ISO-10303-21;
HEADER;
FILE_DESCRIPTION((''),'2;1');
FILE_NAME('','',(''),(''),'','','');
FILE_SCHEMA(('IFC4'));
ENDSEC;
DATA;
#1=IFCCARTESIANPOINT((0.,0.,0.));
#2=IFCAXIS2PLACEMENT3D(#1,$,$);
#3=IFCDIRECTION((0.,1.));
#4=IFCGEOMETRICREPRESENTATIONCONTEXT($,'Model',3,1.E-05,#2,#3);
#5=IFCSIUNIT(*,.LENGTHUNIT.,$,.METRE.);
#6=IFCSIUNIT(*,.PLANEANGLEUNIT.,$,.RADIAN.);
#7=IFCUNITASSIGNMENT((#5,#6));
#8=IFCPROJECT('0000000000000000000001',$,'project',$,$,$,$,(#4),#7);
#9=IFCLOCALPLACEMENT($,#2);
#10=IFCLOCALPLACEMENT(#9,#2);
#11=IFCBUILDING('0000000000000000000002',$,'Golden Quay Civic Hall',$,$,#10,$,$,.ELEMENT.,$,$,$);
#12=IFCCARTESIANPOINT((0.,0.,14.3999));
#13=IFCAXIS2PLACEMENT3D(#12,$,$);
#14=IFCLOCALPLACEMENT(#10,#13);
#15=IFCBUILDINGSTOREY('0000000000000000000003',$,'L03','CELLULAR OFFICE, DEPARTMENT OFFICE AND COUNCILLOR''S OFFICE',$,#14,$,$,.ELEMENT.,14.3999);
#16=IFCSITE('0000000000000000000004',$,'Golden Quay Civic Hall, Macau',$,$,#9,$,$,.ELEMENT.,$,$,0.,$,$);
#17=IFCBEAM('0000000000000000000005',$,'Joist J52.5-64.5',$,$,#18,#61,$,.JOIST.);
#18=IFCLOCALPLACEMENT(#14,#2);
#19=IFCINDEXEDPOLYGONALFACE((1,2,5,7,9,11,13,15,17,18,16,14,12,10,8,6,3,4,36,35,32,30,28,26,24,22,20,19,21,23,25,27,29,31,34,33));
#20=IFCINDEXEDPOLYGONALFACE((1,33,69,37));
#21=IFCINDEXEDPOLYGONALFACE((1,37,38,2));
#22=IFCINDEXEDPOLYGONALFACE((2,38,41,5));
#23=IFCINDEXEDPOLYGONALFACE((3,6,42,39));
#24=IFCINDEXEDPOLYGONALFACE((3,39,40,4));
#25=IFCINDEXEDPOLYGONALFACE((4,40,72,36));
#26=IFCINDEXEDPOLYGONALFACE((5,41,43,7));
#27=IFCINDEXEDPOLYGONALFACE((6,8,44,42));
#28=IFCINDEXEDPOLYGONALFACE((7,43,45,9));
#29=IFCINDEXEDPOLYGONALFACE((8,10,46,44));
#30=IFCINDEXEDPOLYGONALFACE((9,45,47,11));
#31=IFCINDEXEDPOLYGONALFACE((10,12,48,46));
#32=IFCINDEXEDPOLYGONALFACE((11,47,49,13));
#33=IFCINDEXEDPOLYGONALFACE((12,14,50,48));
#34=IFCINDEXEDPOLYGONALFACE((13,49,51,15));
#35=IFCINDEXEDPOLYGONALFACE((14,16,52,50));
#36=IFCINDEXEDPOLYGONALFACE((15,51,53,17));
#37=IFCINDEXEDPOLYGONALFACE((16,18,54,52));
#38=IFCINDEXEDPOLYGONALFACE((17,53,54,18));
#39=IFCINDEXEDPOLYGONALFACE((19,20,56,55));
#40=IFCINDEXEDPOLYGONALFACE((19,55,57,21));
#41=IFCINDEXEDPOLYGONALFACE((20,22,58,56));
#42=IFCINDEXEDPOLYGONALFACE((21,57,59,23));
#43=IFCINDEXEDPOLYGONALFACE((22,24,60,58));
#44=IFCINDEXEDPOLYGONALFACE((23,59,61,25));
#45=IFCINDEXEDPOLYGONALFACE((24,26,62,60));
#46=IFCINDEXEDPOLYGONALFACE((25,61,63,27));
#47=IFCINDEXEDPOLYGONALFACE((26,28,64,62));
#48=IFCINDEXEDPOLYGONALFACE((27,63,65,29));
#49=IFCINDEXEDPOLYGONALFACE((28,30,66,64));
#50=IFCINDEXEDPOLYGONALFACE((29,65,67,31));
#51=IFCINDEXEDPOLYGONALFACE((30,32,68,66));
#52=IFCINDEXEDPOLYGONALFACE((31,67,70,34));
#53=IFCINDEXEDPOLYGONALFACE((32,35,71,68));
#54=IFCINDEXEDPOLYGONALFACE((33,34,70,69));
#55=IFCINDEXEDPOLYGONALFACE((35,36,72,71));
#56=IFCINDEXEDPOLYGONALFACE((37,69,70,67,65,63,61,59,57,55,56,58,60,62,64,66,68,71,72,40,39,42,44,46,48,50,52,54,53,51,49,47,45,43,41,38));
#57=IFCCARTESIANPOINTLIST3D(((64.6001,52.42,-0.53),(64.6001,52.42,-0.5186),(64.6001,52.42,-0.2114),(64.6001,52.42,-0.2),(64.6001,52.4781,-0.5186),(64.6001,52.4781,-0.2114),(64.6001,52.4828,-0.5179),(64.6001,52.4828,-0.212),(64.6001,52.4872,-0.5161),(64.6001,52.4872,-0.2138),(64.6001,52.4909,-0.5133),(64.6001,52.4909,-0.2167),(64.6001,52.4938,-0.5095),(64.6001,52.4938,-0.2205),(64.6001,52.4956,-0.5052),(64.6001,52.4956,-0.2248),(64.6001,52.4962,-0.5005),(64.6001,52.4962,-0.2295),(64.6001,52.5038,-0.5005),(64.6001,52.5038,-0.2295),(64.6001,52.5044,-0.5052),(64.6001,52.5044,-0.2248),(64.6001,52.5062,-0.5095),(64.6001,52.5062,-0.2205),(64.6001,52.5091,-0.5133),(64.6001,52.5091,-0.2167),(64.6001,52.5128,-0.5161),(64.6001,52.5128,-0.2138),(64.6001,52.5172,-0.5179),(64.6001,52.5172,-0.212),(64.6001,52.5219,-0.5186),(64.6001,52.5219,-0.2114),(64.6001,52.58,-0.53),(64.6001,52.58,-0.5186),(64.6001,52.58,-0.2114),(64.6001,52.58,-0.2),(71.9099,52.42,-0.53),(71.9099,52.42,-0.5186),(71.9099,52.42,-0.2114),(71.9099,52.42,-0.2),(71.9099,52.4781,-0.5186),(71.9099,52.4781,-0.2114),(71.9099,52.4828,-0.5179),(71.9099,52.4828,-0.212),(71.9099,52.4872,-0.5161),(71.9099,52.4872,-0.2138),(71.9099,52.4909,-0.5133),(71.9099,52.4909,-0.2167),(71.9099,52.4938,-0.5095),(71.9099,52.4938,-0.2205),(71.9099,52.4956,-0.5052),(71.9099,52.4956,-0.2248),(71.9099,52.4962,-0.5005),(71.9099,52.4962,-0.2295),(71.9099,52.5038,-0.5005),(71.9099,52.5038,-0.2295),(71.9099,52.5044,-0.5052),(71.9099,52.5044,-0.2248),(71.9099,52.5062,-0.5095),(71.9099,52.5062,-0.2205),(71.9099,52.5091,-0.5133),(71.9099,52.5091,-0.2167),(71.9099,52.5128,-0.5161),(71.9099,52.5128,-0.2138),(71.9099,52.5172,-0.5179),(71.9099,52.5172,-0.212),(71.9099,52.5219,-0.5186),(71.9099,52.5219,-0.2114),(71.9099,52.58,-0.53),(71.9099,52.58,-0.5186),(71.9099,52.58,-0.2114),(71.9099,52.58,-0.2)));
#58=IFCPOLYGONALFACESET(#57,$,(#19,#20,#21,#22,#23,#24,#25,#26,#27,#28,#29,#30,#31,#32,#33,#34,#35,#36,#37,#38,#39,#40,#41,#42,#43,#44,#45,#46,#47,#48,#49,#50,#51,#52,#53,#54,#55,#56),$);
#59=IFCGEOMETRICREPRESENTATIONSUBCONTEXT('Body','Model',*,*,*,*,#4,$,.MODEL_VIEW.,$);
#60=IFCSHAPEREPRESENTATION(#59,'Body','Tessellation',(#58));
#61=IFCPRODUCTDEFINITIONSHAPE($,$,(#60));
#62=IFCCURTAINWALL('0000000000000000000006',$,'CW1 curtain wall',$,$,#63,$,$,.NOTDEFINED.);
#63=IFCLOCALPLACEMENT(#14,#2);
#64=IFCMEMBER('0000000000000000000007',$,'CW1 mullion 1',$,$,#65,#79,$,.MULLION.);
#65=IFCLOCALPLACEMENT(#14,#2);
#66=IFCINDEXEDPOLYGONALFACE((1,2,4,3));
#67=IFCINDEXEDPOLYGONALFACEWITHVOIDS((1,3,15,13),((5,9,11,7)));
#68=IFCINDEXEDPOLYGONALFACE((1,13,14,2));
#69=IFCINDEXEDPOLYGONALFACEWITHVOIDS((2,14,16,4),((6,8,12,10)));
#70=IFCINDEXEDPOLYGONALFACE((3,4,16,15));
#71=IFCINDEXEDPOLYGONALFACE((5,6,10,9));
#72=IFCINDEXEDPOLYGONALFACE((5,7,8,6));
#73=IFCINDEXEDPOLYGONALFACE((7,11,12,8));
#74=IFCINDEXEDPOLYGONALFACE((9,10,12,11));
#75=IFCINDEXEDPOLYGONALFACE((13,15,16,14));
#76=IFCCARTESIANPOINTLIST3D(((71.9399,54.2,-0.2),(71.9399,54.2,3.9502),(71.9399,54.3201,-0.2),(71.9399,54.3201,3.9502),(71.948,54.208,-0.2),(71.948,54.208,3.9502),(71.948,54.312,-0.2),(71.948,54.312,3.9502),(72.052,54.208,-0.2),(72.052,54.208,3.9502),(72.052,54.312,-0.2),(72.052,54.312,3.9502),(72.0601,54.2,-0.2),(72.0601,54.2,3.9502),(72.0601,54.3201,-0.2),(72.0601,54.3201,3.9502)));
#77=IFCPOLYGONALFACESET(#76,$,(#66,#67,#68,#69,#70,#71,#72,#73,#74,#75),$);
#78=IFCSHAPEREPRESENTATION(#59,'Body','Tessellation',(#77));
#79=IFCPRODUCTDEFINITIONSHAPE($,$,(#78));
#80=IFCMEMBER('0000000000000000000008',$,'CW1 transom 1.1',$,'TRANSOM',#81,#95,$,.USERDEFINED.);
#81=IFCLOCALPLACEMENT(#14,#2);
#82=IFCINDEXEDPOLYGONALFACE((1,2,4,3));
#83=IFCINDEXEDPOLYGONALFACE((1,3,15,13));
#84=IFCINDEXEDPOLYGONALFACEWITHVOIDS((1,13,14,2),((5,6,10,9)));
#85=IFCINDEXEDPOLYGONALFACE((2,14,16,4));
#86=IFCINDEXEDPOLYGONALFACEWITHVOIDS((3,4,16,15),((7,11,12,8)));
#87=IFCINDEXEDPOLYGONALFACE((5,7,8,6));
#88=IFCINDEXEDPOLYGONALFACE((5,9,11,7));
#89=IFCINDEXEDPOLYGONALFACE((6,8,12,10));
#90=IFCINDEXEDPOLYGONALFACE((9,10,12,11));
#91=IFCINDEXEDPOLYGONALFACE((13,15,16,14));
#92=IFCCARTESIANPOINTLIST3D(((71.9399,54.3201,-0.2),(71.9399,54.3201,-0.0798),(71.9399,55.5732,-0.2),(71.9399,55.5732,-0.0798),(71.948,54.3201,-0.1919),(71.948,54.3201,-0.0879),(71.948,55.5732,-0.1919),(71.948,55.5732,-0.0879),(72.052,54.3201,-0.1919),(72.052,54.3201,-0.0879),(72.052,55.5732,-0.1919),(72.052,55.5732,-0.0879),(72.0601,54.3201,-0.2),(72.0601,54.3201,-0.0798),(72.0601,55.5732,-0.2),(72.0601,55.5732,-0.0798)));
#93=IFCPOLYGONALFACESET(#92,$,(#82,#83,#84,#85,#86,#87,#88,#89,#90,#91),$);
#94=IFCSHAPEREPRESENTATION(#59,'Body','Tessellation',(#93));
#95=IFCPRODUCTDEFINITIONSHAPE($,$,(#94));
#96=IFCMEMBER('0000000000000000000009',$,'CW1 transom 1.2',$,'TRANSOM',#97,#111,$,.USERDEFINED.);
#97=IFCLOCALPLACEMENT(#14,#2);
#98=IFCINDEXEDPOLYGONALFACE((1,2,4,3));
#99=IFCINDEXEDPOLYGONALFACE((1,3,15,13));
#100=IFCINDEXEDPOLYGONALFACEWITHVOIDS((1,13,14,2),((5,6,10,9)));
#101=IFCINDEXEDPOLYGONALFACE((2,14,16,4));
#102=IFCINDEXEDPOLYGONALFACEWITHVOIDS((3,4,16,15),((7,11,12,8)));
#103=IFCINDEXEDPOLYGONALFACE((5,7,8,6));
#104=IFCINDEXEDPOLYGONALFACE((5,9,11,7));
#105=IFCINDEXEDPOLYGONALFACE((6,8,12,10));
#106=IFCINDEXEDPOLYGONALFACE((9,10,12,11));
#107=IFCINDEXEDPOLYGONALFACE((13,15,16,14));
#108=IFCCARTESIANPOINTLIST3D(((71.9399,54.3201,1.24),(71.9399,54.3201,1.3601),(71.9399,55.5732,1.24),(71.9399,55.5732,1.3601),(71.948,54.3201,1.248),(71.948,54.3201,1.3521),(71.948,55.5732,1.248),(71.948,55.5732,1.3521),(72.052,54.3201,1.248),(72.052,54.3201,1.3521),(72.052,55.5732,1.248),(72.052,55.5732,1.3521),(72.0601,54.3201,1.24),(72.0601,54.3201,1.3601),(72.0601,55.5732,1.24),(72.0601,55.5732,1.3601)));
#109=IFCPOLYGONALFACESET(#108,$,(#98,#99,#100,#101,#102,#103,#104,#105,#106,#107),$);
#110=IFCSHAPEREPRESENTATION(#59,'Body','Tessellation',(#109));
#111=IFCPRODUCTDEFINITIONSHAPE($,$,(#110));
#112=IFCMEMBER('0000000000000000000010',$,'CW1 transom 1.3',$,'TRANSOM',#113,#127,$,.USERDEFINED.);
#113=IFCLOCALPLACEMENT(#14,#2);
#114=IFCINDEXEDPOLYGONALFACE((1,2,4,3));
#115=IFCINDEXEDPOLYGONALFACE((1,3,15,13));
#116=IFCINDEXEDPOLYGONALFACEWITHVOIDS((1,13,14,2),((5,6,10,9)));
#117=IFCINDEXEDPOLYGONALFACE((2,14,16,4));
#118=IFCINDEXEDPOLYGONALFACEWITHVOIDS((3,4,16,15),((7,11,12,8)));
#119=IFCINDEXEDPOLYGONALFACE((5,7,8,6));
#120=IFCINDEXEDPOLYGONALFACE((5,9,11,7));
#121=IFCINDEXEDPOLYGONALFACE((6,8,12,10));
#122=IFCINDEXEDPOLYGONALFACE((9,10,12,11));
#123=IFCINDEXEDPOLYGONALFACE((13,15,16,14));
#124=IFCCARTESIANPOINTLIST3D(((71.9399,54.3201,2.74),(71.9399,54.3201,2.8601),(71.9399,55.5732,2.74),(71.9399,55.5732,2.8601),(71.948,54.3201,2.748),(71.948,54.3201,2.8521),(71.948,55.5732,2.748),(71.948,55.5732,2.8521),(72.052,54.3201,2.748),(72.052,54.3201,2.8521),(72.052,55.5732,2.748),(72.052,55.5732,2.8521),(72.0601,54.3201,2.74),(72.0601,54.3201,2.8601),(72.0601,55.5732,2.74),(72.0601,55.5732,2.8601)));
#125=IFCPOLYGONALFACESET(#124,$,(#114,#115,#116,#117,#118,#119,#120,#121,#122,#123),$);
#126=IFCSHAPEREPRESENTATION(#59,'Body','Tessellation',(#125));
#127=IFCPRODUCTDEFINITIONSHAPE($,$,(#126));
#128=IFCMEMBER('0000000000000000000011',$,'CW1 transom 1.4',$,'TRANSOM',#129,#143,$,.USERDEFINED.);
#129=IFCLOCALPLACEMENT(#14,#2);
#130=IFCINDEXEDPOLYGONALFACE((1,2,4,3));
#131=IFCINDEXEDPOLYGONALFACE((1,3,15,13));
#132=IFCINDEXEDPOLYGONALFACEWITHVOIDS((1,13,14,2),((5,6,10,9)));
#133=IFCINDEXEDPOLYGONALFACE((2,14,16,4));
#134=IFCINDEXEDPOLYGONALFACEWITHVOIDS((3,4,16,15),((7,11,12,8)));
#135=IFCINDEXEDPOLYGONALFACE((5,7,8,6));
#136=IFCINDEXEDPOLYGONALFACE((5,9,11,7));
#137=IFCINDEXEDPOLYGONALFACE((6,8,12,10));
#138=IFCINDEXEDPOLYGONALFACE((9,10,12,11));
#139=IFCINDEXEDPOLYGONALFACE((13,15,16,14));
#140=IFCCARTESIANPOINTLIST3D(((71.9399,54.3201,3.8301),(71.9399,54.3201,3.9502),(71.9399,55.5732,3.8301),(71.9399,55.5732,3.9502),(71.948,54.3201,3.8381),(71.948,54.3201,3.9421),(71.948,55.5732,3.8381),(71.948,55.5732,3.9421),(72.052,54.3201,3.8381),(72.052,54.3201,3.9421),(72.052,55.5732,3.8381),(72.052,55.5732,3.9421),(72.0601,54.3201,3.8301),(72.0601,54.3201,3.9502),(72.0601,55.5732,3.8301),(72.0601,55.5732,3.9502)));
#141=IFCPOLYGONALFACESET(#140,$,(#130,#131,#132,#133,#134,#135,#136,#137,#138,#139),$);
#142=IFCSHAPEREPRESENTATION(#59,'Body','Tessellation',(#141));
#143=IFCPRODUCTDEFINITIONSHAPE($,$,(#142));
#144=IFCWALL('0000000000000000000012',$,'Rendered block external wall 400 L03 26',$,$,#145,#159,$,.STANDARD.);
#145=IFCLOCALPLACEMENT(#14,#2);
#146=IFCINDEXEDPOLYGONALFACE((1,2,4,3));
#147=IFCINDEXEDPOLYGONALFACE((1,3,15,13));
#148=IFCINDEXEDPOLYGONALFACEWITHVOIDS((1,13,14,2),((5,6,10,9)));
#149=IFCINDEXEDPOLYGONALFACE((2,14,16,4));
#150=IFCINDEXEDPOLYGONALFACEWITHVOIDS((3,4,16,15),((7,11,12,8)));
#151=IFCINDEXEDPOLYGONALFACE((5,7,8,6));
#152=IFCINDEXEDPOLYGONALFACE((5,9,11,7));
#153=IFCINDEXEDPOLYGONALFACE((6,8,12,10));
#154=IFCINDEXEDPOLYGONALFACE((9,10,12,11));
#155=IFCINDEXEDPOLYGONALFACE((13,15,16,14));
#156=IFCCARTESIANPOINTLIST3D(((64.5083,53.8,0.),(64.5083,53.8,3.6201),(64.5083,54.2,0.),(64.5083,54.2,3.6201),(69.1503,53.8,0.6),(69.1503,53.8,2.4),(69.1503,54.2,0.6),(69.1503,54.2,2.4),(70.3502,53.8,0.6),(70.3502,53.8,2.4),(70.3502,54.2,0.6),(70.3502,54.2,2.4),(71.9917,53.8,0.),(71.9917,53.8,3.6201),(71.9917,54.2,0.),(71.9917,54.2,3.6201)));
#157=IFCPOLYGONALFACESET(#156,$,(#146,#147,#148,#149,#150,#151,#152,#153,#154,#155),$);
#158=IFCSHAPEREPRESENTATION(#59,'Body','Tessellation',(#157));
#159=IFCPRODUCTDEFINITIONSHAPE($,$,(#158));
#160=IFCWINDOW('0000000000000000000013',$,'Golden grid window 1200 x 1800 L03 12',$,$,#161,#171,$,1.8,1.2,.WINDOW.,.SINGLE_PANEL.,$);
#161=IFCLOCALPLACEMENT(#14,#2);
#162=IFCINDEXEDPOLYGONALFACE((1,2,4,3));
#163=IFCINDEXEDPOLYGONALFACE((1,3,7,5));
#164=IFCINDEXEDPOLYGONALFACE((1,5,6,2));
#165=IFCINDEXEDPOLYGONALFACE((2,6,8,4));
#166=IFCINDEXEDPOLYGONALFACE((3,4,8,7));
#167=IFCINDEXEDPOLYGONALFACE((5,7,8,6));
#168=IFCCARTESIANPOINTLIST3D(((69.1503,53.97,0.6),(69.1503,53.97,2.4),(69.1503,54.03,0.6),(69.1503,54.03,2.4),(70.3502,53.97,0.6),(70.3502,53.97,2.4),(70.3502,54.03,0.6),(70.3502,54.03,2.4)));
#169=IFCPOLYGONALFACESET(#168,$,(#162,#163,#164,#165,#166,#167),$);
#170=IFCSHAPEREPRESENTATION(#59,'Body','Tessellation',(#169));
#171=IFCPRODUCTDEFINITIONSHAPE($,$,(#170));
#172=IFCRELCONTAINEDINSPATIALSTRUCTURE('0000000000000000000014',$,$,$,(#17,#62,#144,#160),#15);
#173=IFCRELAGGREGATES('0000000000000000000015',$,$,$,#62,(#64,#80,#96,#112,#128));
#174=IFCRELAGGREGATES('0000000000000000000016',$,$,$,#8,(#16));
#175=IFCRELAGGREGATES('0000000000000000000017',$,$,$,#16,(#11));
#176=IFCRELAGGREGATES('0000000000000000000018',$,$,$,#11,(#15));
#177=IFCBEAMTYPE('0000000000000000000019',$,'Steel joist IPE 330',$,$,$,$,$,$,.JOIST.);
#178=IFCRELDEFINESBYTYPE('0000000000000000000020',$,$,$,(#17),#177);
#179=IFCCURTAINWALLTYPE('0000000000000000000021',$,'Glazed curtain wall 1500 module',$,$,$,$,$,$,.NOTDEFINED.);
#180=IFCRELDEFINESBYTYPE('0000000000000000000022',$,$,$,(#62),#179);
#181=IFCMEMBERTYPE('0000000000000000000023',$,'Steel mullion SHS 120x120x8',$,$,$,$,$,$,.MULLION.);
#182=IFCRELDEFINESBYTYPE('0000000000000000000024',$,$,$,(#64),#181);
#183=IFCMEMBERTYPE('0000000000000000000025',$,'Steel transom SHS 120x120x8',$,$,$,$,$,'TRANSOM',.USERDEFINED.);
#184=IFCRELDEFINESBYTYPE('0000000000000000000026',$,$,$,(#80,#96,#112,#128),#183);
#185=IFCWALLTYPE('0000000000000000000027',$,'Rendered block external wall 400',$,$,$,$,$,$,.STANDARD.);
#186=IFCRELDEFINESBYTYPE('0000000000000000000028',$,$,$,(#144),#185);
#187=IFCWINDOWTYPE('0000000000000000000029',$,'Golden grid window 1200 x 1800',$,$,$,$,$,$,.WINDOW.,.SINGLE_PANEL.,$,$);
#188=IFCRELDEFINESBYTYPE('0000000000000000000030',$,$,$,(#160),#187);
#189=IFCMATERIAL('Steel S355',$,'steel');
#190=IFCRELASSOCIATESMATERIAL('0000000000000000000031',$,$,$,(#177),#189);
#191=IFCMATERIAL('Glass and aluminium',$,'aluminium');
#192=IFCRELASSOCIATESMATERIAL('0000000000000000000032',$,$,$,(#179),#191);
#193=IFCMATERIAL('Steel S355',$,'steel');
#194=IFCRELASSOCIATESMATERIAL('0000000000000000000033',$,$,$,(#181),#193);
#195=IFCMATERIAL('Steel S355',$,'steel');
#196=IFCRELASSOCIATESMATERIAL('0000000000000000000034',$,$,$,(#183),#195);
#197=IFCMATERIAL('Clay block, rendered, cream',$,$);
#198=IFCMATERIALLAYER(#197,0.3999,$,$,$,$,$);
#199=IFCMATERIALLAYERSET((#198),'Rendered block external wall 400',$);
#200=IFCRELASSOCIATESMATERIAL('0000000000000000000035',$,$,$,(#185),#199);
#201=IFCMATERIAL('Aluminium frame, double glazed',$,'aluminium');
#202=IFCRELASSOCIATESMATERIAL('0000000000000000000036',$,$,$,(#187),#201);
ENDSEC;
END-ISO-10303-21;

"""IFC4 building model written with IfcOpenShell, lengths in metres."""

from ifc_helpers import new_model, si_unit, direction, frame, frame_2d, origin, origin_2d, place, context, subcontext, project, spatial, rectangle, hollow_rectangle, i_section, extrude, material, layer, layer_set, material_profile, profile_set, type_object, element, fill, aggregate, save


model = new_model("IFC4")

# Units and contexts
model_context = context("Model", 3, precision=1e-05, world=origin(), true_north=direction((0.0, 1.0)))
body_context = subcontext(model_context, "Body", "Model", "MODEL_VIEW")
ifc_project = project(units=[si_unit("LENGTHUNIT", "METRE"), si_unit("PLANEANGLEUNIT", "RADIAN")], contexts=[model_context])

# Site, building, storey
site_placement = place(None, origin())
site = spatial("IfcSite", under=ifc_project, at=site_placement, Name="Golden Quay Civic Hall, Macau", CompositionType="ELEMENT", RefElevation=0.0)
building_placement = place(site_placement, origin())
building = spatial("IfcBuilding", under=site, at=building_placement, Name="Golden Quay Civic Hall", CompositionType="ELEMENT")
storey_placement = place(building_placement, frame((0.0, 0.0, 14.3999)))
storey = spatial("IfcBuildingStorey", under=building, at=storey_placement, Name="L03", Description="CELLULAR OFFICE, DEPARTMENT OFFICE AND COUNCILLOR'S OFFICE", CompositionType="ELEMENT", Elevation=14.3999)

# Beam
ifc_material_1 = material(Name="Steel S355", Category="steel")
ifc_material_profile_1 = material_profile(ifc_material_1, i_section(OverallWidth=0.1599, OverallDepth=0.3301, WebThickness=0.0076, FlangeThickness=0.0115, FilletRadius=0.0181, at=origin_2d()), Name="IPE 330")
ifc_profile_set_1 = profile_set([ifc_material_profile_1], Name="Steel S355")
beam_type_1 = type_object("IfcBeamType", Name="Steel joist IPE 330", PredefinedType="JOIST", material=ifc_profile_set_1)
for number, where, z_axis, x_axis, name in (
    (1, (64.6001, 52.5, -0.365), (1.0, 0.0, 0.0), (0.0, 1.0, 0.0), "Joist J52.5-64.5"),
):
    element("IfcBeam", number, at=place(storey_placement, frame(where, z_axis=z_axis, x_axis=x_axis)), inside=storey, type_object=beam_type_1, Name=name, PredefinedType="JOIST", context=body_context, shape_type="SweptSolid", body=[
        extrude(i_section(OverallWidth=0.1599, OverallDepth=0.3301, WebThickness=0.0076, FlangeThickness=0.0115, FilletRadius=0.0181, at=origin_2d()), origin(), (0.0, 0.0, 1.0), 7.3098),
    ])

# Curtain wall, members
ifc_material_2 = material(Name="Glass and aluminium", Category="aluminium")
curtain_wall_type = type_object("IfcCurtainWallType", Name="Glazed curtain wall 1500 module", PredefinedType="NOTDEFINED", material=ifc_material_2)
curtain_wall_placement = place(storey_placement, origin())
curtain_wall = element("IfcCurtainWall", 2, at=curtain_wall_placement, inside=storey, type_object=curtain_wall_type, Name="CW1 curtain wall", PredefinedType="NOTDEFINED")
ifc_material_3 = material(Name="Steel S355", Category="steel")
ifc_material_profile_2 = material_profile(ifc_material_3, hollow_rectangle(XDim=0.1201, YDim=0.1201, WallThickness=0.0081, at=origin_2d()), Name="SHS 120x120x8")
ifc_profile_set_2 = profile_set([ifc_material_profile_2], Name="Steel S355")
member_type_1 = type_object("IfcMemberType", Name="Steel mullion SHS 120x120x8", PredefinedType="MULLION", material=ifc_profile_set_2)
member_1_placement = place(storey_placement, frame((72.0, 54.26, -0.2), z_axis=(0.0, 0.0, 1.0), x_axis=(-1.0, 0.0, 0.0)))
member_1 = element("IfcMember", 3, at=member_1_placement, type_object=member_type_1, Name="CW1 mullion 1", PredefinedType="MULLION", context=body_context, shape_type="SweptSolid", body=[
    extrude(hollow_rectangle(XDim=0.1201, YDim=0.1201, WallThickness=0.0081, at=origin_2d()), origin(), (0.0, 0.0, 1.0), 4.1501),
])
ifc_material_4 = material(Name="Steel S355", Category="steel")
ifc_material_profile_3 = material_profile(ifc_material_4, hollow_rectangle(XDim=0.1201, YDim=0.1201, WallThickness=0.0081, at=origin_2d()), Name="SHS 120x120x8")
ifc_profile_set_3 = profile_set([ifc_material_profile_3], Name="Steel S355")
member_type_2 = type_object("IfcMemberType", Name="Steel transom SHS 120x120x8", ElementType="TRANSOM", PredefinedType="USERDEFINED", material=ifc_profile_set_3)
member_2_placement = place(storey_placement, frame((72.0, 54.3201, -0.1399), z_axis=(0.0, 1.0, 0.0), x_axis=(-1.0, 0.0, 0.0)))
member_2 = element("IfcMember", 4, at=member_2_placement, type_object=member_type_2, Name="CW1 transom 1.1", ObjectType="TRANSOM", PredefinedType="USERDEFINED", context=body_context, shape_type="SweptSolid", body=[
    extrude(hollow_rectangle(XDim=0.1201, YDim=0.1201, WallThickness=0.0081, at=origin_2d()), origin(), (0.0, 0.0, 1.0), 1.2532),
])
member_3_placement = place(storey_placement, frame((72.0, 54.3201, 1.3), z_axis=(0.0, 1.0, 0.0), x_axis=(-1.0, 0.0, 0.0)))
member_3 = element("IfcMember", 5, at=member_3_placement, type_object=member_type_2, Name="CW1 transom 1.2", ObjectType="TRANSOM", PredefinedType="USERDEFINED", context=body_context, shape_type="SweptSolid", body=[
    extrude(hollow_rectangle(XDim=0.1201, YDim=0.1201, WallThickness=0.0081, at=origin_2d()), origin(), (0.0, 0.0, 1.0), 1.2532),
])
member_4_placement = place(storey_placement, frame((72.0, 54.3201, 2.8), z_axis=(0.0, 1.0, 0.0), x_axis=(-1.0, 0.0, 0.0)))
member_4 = element("IfcMember", 6, at=member_4_placement, type_object=member_type_2, Name="CW1 transom 1.3", ObjectType="TRANSOM", PredefinedType="USERDEFINED", context=body_context, shape_type="SweptSolid", body=[
    extrude(hollow_rectangle(XDim=0.1201, YDim=0.1201, WallThickness=0.0081, at=origin_2d()), origin(), (0.0, 0.0, 1.0), 1.2532),
])
member_5_placement = place(storey_placement, frame((72.0, 54.3201, 3.8901), z_axis=(0.0, 1.0, 0.0), x_axis=(-1.0, 0.0, 0.0)))
member_5 = element("IfcMember", 7, at=member_5_placement, type_object=member_type_2, Name="CW1 transom 1.4", ObjectType="TRANSOM", PredefinedType="USERDEFINED", context=body_context, shape_type="SweptSolid", body=[
    extrude(hollow_rectangle(XDim=0.1201, YDim=0.1201, WallThickness=0.0081, at=origin_2d()), origin(), (0.0, 0.0, 1.0), 1.2532),
])
aggregate(curtain_wall, [member_1, member_2, member_3, member_4, member_5])

# Wall, opening, window
ifc_material_5 = material(Name="Clay block, rendered, cream")
ifc_layer = layer(ifc_material_5, 0.3999)
ifc_layer_set = layer_set([ifc_layer], Name="Rendered block external wall 400")
wall_type = type_object("IfcWallType", Name="Rendered block external wall 400", PredefinedType="STANDARD", material=ifc_layer_set)
wall_1_placement = place(storey_placement, frame((64.5083, 54.0, 0.0), z_axis=(0.0, 0.0, 1.0), x_axis=(1.0, 0.0, 0.0)))
wall_1 = element("IfcWall", 8, at=wall_1_placement, inside=storey, type_object=wall_type, Name="Rendered block external wall 400 L03 26", PredefinedType="STANDARD", context=body_context, shape_type="SweptSolid", body=[
    extrude(rectangle(XDim=7.4834, YDim=0.3999, at=frame_2d((3.7417, 0.0))), origin(), (0.0, 0.0, 1.0), 3.6201),
])
opening_1_placement = place(wall_1_placement, frame((4.6418, 0.0, 0.6001)))
opening_1 = element("IfcOpeningElement", 9, at=opening_1_placement, cuts=wall_1, PredefinedType="OPENING", context=body_context, shape_type="SweptSolid", body=[
    extrude(rectangle(XDim=1.2, YDim=1.8, at=frame_2d((0.6001, 0.8999))), frame((0.0, 0.21, 0.0), z_axis=(0.0, -1.0, 0.0), x_axis=(1.0, 0.0, 0.0)), (0.0, 0.0, 1.0), 0.4199),
])
ifc_material_6 = material(Name="Aluminium frame, double glazed", Category="aluminium")
window_type = type_object("IfcWindowType", Name="Golden grid window 1200 x 1800", PartitioningType="SINGLE_PANEL", PredefinedType="WINDOW", material=ifc_material_6)
window_1_placement = place(opening_1_placement, origin())
window_1 = element("IfcWindow", 10, at=window_1_placement, inside=storey, type_object=window_type, Name="Golden grid window 1200 x 1800 L03 12", OverallHeight=1.8, OverallWidth=1.2, PartitioningType="SINGLE_PANEL", PredefinedType="WINDOW", context=body_context, shape_type="SweptSolid", body=[
    extrude(rectangle(XDim=1.2, YDim=1.8, at=frame_2d((0.6001, 0.8999))), frame((0.0, 0.03, 0.0), z_axis=(0.0, -1.0, 0.0), x_axis=(1.0, 0.0, 0.0)), (0.0, 0.0, 1.0), 0.0601),
])
fill(opening_1, window_1)

save(model, "model.ifc")
